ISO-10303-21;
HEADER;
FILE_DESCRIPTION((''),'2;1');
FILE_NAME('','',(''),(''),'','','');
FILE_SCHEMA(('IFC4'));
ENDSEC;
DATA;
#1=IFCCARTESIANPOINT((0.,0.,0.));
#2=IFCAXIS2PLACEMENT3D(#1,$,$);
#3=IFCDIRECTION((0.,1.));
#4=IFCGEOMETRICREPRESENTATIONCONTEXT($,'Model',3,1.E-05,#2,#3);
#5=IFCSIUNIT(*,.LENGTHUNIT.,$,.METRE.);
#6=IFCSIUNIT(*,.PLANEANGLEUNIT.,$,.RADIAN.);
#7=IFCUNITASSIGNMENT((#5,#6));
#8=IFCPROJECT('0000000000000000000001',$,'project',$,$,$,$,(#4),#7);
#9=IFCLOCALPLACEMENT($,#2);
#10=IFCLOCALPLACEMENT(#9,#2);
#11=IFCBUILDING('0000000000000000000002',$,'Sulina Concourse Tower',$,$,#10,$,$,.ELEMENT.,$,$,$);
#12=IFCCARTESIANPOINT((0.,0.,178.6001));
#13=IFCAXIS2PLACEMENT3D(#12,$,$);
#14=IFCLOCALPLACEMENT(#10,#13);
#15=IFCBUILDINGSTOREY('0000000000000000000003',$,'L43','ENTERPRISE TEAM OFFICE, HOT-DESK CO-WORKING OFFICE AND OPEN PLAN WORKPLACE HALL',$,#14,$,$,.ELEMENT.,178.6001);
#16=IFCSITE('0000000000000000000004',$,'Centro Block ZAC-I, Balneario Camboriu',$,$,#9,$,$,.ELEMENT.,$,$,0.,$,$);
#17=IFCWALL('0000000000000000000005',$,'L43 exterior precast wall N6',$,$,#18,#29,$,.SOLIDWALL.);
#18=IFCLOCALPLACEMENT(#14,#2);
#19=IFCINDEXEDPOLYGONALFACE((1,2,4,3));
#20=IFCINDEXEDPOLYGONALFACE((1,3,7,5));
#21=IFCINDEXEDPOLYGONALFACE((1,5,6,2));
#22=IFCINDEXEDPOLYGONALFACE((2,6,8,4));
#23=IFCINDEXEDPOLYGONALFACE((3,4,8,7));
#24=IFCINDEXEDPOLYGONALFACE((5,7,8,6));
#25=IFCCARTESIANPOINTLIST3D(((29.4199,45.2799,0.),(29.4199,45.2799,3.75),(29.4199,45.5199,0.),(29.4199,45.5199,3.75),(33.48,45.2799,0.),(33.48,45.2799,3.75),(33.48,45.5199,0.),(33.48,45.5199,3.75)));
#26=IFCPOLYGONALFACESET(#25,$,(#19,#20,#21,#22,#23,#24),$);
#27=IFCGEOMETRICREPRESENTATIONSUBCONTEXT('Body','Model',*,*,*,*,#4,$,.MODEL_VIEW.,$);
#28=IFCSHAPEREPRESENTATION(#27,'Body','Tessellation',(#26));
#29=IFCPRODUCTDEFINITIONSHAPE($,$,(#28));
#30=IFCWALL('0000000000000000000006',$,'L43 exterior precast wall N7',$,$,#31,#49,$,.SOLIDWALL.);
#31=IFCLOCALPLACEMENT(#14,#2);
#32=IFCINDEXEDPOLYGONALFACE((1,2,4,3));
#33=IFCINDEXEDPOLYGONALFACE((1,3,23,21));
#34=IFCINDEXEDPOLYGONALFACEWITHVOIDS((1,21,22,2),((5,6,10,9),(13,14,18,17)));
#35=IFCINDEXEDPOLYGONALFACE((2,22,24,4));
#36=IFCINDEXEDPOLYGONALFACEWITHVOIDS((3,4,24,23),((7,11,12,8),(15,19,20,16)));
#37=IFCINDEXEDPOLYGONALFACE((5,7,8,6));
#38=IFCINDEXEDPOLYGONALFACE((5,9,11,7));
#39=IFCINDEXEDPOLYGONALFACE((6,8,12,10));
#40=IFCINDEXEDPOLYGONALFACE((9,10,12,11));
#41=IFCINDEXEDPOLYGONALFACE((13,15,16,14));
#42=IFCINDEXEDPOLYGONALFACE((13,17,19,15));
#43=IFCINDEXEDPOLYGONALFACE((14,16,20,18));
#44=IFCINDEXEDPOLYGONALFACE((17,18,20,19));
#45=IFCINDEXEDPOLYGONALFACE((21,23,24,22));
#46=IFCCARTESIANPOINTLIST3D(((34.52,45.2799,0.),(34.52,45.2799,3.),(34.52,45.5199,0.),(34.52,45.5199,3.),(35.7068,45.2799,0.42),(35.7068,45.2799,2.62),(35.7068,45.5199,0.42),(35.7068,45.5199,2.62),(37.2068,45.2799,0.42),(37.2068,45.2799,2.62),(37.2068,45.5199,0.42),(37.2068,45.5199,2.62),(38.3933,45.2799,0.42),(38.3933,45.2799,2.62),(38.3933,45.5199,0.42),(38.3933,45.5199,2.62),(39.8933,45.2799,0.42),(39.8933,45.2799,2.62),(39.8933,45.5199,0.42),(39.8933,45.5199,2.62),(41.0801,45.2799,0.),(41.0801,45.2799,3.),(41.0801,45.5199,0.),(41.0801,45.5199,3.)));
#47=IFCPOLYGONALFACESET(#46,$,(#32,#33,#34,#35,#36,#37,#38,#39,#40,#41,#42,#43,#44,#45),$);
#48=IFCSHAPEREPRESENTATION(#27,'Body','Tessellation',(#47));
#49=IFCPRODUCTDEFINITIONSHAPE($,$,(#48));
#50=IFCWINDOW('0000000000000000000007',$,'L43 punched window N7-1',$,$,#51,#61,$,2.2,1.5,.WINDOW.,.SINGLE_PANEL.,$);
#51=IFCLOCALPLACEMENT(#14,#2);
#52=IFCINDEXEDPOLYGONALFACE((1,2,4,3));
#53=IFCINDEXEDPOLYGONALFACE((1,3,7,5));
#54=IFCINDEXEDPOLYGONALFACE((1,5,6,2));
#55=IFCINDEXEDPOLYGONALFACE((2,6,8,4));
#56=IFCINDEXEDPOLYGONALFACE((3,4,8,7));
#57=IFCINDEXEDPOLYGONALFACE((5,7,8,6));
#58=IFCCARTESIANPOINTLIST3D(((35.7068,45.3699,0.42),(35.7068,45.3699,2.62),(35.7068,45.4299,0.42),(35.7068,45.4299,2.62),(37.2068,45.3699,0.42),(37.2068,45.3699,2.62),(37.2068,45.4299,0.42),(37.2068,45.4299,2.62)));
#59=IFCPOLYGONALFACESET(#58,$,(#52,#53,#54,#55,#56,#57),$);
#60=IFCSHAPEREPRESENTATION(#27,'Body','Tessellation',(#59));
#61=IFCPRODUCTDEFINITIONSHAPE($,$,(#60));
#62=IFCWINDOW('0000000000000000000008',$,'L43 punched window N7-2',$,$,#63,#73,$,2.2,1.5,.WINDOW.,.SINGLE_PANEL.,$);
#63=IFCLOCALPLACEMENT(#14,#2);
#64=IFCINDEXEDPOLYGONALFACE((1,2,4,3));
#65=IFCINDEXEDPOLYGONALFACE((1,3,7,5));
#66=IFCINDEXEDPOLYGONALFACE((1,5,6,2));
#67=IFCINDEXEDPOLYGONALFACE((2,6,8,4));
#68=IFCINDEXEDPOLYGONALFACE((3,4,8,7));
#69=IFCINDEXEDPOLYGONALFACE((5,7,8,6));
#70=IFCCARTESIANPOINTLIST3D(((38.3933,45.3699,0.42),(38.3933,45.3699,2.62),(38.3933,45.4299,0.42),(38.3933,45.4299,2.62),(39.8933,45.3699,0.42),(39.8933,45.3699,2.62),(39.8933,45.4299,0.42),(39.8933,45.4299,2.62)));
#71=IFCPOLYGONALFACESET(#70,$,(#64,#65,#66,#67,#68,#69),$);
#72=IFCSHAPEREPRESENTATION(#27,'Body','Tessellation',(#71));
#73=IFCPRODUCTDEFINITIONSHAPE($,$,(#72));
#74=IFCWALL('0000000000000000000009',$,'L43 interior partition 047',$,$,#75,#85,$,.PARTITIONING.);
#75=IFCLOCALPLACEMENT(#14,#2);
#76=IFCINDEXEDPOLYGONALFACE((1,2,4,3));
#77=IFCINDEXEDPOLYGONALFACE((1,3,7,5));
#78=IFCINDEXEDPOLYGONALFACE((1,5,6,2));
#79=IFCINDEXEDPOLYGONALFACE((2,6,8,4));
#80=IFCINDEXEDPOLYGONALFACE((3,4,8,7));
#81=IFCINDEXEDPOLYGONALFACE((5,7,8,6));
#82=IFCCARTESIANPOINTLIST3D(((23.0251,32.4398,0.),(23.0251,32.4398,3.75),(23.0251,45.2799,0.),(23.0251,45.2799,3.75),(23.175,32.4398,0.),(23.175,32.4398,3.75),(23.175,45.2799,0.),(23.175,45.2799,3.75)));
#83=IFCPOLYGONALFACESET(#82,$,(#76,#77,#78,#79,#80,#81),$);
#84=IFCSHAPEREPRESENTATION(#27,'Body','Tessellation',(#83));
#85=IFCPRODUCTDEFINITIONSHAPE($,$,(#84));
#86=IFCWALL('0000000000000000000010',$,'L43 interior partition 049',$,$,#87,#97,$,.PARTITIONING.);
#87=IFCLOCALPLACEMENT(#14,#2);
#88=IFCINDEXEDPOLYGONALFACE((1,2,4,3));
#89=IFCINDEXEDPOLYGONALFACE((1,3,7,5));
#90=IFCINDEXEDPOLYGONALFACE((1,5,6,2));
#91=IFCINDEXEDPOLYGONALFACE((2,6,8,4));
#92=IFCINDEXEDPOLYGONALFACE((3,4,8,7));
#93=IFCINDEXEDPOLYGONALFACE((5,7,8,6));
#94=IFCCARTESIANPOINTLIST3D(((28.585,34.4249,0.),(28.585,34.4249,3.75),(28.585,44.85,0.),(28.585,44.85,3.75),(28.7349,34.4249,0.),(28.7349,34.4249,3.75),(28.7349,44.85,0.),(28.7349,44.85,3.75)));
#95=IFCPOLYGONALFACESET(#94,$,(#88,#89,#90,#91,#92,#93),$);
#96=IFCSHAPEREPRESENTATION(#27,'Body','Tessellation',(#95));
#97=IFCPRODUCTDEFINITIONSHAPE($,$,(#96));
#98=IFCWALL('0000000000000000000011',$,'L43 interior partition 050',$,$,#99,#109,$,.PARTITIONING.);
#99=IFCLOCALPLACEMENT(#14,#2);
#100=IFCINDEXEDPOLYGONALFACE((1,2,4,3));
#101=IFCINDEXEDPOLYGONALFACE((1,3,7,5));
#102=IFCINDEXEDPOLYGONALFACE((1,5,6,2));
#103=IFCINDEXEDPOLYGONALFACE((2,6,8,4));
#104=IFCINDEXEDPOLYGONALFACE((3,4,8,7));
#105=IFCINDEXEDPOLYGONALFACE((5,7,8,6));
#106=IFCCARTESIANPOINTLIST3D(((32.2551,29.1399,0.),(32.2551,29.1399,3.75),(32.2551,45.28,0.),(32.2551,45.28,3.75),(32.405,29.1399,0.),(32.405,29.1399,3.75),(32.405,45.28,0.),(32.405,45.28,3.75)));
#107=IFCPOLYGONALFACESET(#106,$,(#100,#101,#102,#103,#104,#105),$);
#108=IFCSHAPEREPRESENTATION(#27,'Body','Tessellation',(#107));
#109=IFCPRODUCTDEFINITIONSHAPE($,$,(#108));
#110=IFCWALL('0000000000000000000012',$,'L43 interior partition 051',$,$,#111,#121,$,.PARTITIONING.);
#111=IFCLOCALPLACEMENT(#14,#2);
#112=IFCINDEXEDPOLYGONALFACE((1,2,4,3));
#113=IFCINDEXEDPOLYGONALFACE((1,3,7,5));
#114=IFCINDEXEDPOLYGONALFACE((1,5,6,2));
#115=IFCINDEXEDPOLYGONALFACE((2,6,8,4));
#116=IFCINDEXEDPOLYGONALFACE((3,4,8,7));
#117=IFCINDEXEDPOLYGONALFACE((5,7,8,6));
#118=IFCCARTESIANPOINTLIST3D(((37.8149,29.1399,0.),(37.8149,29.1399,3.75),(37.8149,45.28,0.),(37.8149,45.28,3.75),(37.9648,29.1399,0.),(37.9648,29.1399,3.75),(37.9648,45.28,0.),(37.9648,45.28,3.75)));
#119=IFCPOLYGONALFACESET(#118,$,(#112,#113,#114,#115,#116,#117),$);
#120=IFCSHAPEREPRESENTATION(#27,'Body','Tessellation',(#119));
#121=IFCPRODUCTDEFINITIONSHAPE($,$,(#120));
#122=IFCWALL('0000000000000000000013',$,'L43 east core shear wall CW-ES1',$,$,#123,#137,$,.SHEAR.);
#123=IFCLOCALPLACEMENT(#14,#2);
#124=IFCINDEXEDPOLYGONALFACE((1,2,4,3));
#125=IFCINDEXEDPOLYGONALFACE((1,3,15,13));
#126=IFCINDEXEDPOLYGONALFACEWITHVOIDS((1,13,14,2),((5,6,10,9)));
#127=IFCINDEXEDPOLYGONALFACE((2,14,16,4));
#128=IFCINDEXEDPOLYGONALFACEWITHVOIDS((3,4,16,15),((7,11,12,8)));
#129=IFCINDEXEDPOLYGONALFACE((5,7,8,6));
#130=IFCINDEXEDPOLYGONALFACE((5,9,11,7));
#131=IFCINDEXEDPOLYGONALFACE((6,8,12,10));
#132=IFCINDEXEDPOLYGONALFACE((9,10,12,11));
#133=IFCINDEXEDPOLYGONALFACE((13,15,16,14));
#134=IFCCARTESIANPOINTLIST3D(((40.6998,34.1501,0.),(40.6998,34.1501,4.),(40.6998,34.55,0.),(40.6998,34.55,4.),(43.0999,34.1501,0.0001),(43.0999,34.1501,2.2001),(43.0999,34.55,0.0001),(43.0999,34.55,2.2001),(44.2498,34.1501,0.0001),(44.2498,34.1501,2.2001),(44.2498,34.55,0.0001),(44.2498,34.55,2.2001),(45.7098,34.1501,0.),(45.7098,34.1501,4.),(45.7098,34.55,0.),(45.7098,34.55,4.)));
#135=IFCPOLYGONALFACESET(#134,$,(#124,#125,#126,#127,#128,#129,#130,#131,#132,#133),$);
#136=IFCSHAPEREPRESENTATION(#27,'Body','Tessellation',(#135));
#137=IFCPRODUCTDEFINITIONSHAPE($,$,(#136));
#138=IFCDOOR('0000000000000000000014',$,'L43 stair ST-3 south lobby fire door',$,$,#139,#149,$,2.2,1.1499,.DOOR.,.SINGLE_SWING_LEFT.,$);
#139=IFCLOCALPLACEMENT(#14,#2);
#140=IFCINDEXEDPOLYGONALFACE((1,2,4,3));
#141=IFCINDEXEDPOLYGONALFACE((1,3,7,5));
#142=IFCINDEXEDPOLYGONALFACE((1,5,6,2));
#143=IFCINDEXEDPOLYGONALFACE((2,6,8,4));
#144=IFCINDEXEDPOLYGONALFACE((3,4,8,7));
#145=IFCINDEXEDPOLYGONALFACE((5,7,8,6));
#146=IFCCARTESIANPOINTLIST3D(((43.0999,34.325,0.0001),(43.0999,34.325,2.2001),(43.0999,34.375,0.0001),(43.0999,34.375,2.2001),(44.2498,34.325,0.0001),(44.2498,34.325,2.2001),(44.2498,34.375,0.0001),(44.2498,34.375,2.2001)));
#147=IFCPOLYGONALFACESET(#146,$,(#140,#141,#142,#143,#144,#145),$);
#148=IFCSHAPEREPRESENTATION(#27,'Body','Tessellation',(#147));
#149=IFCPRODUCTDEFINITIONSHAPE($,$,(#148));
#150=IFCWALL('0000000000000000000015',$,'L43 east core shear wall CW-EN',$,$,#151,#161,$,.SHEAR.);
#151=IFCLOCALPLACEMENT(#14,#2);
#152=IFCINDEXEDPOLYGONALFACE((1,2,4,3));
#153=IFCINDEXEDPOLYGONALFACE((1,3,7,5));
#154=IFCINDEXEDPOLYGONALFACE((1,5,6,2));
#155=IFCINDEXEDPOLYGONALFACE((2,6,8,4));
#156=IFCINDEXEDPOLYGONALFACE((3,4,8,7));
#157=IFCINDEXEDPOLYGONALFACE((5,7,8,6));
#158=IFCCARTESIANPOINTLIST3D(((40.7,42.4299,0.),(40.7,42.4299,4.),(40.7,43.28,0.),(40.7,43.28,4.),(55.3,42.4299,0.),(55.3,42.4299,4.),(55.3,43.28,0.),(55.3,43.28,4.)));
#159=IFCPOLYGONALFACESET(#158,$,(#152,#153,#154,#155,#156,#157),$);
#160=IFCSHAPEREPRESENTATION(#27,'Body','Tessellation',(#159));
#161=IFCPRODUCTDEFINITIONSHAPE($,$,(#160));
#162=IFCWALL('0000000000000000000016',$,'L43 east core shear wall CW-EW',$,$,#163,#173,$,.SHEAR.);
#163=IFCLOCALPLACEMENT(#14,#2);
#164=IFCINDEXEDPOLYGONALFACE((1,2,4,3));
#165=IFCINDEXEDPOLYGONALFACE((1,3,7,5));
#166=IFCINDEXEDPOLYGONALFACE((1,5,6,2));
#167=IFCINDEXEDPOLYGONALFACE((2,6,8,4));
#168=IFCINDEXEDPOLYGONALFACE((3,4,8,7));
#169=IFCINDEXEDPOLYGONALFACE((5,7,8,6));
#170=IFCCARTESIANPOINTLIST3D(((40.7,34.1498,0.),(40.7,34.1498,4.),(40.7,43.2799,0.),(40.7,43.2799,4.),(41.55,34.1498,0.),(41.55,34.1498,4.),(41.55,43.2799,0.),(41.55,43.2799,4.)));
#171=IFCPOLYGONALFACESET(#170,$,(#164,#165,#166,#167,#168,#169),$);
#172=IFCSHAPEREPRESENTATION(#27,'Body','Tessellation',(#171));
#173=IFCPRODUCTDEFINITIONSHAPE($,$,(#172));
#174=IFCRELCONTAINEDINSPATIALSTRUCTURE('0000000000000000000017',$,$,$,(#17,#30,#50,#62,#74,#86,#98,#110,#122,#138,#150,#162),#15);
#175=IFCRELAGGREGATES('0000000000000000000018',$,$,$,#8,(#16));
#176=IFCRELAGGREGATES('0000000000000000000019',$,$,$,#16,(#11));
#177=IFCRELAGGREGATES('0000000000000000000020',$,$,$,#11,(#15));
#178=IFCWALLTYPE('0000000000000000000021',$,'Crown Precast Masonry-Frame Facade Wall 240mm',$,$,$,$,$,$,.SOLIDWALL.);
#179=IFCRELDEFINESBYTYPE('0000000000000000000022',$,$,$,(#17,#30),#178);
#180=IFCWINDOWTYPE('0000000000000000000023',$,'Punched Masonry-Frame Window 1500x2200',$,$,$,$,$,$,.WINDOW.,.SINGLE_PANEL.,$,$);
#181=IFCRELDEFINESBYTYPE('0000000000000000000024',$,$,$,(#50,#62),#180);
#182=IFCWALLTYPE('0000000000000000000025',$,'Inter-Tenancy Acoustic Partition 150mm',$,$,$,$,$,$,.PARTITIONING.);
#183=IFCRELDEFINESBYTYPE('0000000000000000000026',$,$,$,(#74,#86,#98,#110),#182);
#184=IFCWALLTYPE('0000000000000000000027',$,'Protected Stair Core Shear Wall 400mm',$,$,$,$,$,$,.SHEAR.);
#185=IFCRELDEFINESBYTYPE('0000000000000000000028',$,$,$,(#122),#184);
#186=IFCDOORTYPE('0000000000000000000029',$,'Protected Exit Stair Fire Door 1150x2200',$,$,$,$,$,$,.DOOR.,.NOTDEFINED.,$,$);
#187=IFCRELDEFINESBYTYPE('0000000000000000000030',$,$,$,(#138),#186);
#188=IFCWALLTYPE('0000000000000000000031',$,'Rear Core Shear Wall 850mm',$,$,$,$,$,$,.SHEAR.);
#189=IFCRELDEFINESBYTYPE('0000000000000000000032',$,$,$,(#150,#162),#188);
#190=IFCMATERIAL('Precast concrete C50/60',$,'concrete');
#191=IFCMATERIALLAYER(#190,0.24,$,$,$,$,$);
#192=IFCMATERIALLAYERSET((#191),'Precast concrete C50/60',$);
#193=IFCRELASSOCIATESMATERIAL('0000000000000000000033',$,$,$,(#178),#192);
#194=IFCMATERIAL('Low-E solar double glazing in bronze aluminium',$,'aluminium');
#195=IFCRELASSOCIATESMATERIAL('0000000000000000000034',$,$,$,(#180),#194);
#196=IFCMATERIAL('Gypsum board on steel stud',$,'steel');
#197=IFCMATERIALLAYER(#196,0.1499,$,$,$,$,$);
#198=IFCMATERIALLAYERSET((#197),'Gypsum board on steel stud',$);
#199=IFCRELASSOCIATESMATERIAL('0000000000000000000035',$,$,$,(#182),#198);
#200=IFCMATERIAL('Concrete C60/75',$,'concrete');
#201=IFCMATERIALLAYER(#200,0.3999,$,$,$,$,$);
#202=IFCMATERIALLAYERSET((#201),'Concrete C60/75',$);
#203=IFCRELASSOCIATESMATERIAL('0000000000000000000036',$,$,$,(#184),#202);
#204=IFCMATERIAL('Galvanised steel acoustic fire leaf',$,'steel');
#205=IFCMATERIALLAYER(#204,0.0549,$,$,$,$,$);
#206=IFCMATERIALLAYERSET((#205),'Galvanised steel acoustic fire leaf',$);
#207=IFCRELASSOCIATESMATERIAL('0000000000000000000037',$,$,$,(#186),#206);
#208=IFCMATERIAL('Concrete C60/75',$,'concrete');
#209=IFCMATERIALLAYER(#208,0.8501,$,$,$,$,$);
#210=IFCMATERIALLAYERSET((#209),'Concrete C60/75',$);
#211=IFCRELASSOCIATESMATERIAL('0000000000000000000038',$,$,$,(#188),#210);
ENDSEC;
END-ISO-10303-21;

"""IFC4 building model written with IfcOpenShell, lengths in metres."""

from ifc_helpers import new_model, si_unit, direction, frame, frame_2d, origin, place, context, subcontext, project, spatial, rectangle, extrude, material, layer, layer_set, type_object, element, fill, save


model = new_model("IFC4")

# Units and contexts
model_context = context("Model", 3, precision=1e-05, world=origin(), true_north=direction((0.0, 1.0)))
body_context = subcontext(model_context, "Body", "Model", "MODEL_VIEW")
ifc_project = project(units=[si_unit("LENGTHUNIT", "METRE"), si_unit("PLANEANGLEUNIT", "RADIAN")], contexts=[model_context])

# Site, building, storey
site_placement = place(None, origin())
site = spatial("IfcSite", under=ifc_project, at=site_placement, Name="Centro Block ZAC-I, Balneario Camboriu", CompositionType="ELEMENT", RefElevation=0.0)
building_placement = place(site_placement, origin())
building = spatial("IfcBuilding", under=site, at=building_placement, Name="Sulina Concourse Tower", CompositionType="ELEMENT")
storey_placement = place(building_placement, frame((0.0, 0.0, 178.6001)))
storey = spatial("IfcBuildingStorey", under=building, at=storey_placement, Name="L43", Description="ENTERPRISE TEAM OFFICE, HOT-DESK CO-WORKING OFFICE AND OPEN PLAN WORKPLACE HALL", CompositionType="ELEMENT", Elevation=178.6001)

# Shared definitions
ifc_material_1 = material(Name="Precast concrete C50/60", Category="concrete")
ifc_layer_1 = layer(ifc_material_1, 0.24)
ifc_layer_set_1 = layer_set([ifc_layer_1], Name="Precast concrete C50/60")
wall_type_1 = type_object("IfcWallType", Name="Crown Precast Masonry-Frame Facade Wall 240mm", PredefinedType="SOLIDWALL", material=ifc_layer_set_1)
ifc_material_2 = material(Name="Low-E solar double glazing in bronze aluminium", Category="aluminium")
window_type = type_object("IfcWindowType", Name="Punched Masonry-Frame Window 1500x2200", PartitioningType="SINGLE_PANEL", PredefinedType="WINDOW", material=ifc_material_2)

# Wall
wall_1_placement = place(storey_placement, frame((29.4199, 45.3999, 0.0), z_axis=(0.0, 0.0, 1.0), x_axis=(1.0, 0.0, 0.0)))
element("IfcWall", 1, at=wall_1_placement, inside=storey, type_object=wall_type_1, Name="L43 exterior precast wall N6", PredefinedType="SOLIDWALL", context=body_context, shape_type="SweptSolid", body=[
    extrude(rectangle(XDim=4.0601, YDim=0.24, at=frame_2d((2.03, 0.0))), origin(), (0.0, 0.0, 1.0), 3.75),
])

# Wall, openings, windows
wall_2_placement = place(storey_placement, frame((34.52, 45.3999, 0.0), z_axis=(0.0, 0.0, 1.0), x_axis=(1.0, 0.0, 0.0)))
wall_2 = element("IfcWall", 2, at=wall_2_placement, inside=storey, type_object=wall_type_1, Name="L43 exterior precast wall N7", PredefinedType="SOLIDWALL", context=body_context, shape_type="SweptSolid", body=[
    extrude(rectangle(XDim=6.5601, YDim=0.24, at=frame_2d((3.28, 0.0))), origin(), (0.0, 0.0, 1.0), 3.0),
])
opening_1_placement = place(wall_2_placement, frame((1.1868, 0.0, 0.4199)))
opening_1 = element("IfcOpeningElement", 3, at=opening_1_placement, cuts=wall_2, PredefinedType="OPENING", context=body_context, shape_type="SweptSolid", body=[
    extrude(rectangle(XDim=1.5, YDim=2.2, at=frame_2d((0.75, 1.1001))), frame((0.0, 0.1299, 0.0), z_axis=(0.0, -1.0, 0.0), x_axis=(1.0, 0.0, 0.0)), (0.0, 0.0, 1.0), 0.26),
])
opening_2_placement = place(wall_2_placement, frame((3.8733, 0.0, 0.4199)))
opening_2 = element("IfcOpeningElement", 4, at=opening_2_placement, cuts=wall_2, PredefinedType="OPENING", context=body_context, shape_type="SweptSolid", body=[
    extrude(rectangle(XDim=1.5, YDim=2.2, at=frame_2d((0.75, 1.1001))), frame((0.0, 0.1299, 0.0), z_axis=(0.0, -1.0, 0.0), x_axis=(1.0, 0.0, 0.0)), (0.0, 0.0, 1.0), 0.26),
])
window_1_placement = place(opening_1_placement, origin())
window_1 = element("IfcWindow", 5, at=window_1_placement, inside=storey, type_object=window_type, Name="L43 punched window N7-1", OverallHeight=2.2, OverallWidth=1.5, PartitioningType="SINGLE_PANEL", PredefinedType="WINDOW", context=body_context, shape_type="SweptSolid", body=[
    extrude(rectangle(XDim=1.5, YDim=2.2, at=frame_2d((0.75, 1.1001))), frame((0.0, 0.03, 0.0), z_axis=(0.0, -1.0, 0.0), x_axis=(1.0, 0.0, 0.0)), (0.0, 0.0, 1.0), 0.0601),
])
fill(opening_1, window_1)
window_2_placement = place(opening_2_placement, origin())
window_2 = element("IfcWindow", 6, at=window_2_placement, inside=storey, type_object=window_type, Name="L43 punched window N7-2", OverallHeight=2.2, OverallWidth=1.5, PartitioningType="SINGLE_PANEL", PredefinedType="WINDOW", context=body_context, shape_type="SweptSolid", body=[
    extrude(rectangle(XDim=1.5, YDim=2.2, at=frame_2d((0.75, 1.1001))), frame((0.0, 0.03, 0.0), z_axis=(0.0, -1.0, 0.0), x_axis=(1.0, 0.0, 0.0)), (0.0, 0.0, 1.0), 0.0601),
])
fill(opening_2, window_2)

# Walls
ifc_material_3 = material(Name="Gypsum board on steel stud", Category="steel")
ifc_layer_2 = layer(ifc_material_3, 0.1499)
ifc_layer_set_2 = layer_set([ifc_layer_2], Name="Gypsum board on steel stud")
wall_type_2 = type_object("IfcWallType", Name="Inter-Tenancy Acoustic Partition 150mm", PredefinedType="PARTITIONING", material=ifc_layer_set_2)
wall_3_placement = place(storey_placement, frame((23.1001, 32.4399, 0.0), z_axis=(0.0, 0.0, 1.0), x_axis=(0.0, 1.0, 0.0)))
element("IfcWall", 7, at=wall_3_placement, inside=storey, type_object=wall_type_2, Name="L43 interior partition 047", PredefinedType="PARTITIONING", context=body_context, shape_type="SweptSolid", body=[
    extrude(rectangle(XDim=12.8401, YDim=0.1499, at=frame_2d((6.4199, 0.0))), origin(), (0.0, 0.0, 1.0), 3.75),
])
wall_4_placement = place(storey_placement, frame((28.6599, 34.425, 0.0), z_axis=(0.0, 0.0, 1.0), x_axis=(0.0, 1.0, 0.0)))
element("IfcWall", 8, at=wall_4_placement, inside=storey, type_object=wall_type_2, Name="L43 interior partition 049", PredefinedType="PARTITIONING", context=body_context, shape_type="SweptSolid", body=[
    extrude(rectangle(XDim=10.425, YDim=0.1499, at=frame_2d((5.2124, 0.0))), origin(), (0.0, 0.0, 1.0), 3.75),
])
for number, where, z_axis, x_axis, name in (
    (9, (32.3301, 29.1399, 0.0), (0.0, 0.0, 1.0), (0.0, 1.0, 0.0), "L43 interior partition 050"),
    (10, (37.8899, 29.1399, 0.0), (0.0, 0.0, 1.0), (0.0, 1.0, 0.0), "L43 interior partition 051"),
):
    element("IfcWall", number, at=place(storey_placement, frame(where, z_axis=z_axis, x_axis=x_axis)), inside=storey, type_object=wall_type_2, Name=name, PredefinedType="PARTITIONING", context=body_context, shape_type="SweptSolid", body=[
        extrude(rectangle(XDim=16.1401, YDim=0.1499, at=frame_2d((8.0701, 0.0))), origin(), (0.0, 0.0, 1.0), 3.75),
    ])

# Wall, opening, door
ifc_material_4 = material(Name="Concrete C60/75", Category="concrete")
ifc_layer_3 = layer(ifc_material_4, 0.3999)
ifc_layer_set_3 = layer_set([ifc_layer_3], Name="Concrete C60/75")
wall_type_3 = type_object("IfcWallType", Name="Protected Stair Core Shear Wall 400mm", PredefinedType="SHEAR", material=ifc_layer_set_3)
wall_5_placement = place(storey_placement, frame((40.7, 34.3501, 0.0), z_axis=(0.0, 0.0, 1.0), x_axis=(1.0, 0.0, 0.0)))
wall_5 = element("IfcWall", 11, at=wall_5_placement, inside=storey, type_object=wall_type_3, Name="L43 east core shear wall CW-ES1", PredefinedType="SHEAR", context=body_context, shape_type="SweptSolid", body=[
    extrude(rectangle(XDim=5.01, YDim=0.3999, at=frame_2d((2.5049, 0.0))), origin(), (0.0, 0.0, 1.0), 4.0),
])
opening_3_placement = place(wall_5_placement, frame((2.3999, 0.0, 0.0)))
opening_3 = element("IfcOpeningElement", 12, at=opening_3_placement, cuts=wall_5, PredefinedType="OPENING", context=body_context, shape_type="SweptSolid", body=[
    extrude(rectangle(XDim=1.1499, YDim=2.2, at=frame_2d((0.575, 1.1001))), frame((0.0, 0.21, 0.0), z_axis=(0.0, -1.0, 0.0), x_axis=(1.0, 0.0, 0.0)), (0.0, 0.0, 1.0), 0.4199),
])
ifc_material_5 = material(Name="Galvanised steel acoustic fire leaf", Category="steel")
ifc_layer_4 = layer(ifc_material_5, 0.0549)
ifc_layer_set_4 = layer_set([ifc_layer_4], Name="Galvanised steel acoustic fire leaf")
door_type = type_object("IfcDoorType", Name="Protected Exit Stair Fire Door 1150x2200", OperationType="NOTDEFINED", PredefinedType="DOOR", material=ifc_layer_set_4)
door_placement = place(opening_3_placement, origin())
door = element("IfcDoor", 13, at=door_placement, inside=storey, type_object=door_type, Name="L43 stair ST-3 south lobby fire door", OperationType="SINGLE_SWING_LEFT", OverallHeight=2.2, OverallWidth=1.1499, PredefinedType="DOOR", context=body_context, shape_type="SweptSolid", body=[
    extrude(rectangle(XDim=1.1499, YDim=2.2, at=frame_2d((0.575, 1.1001))), frame((0.0, 0.0249, 0.0), z_axis=(0.0, -1.0, 0.0), x_axis=(1.0, 0.0, 0.0)), (0.0, 0.0, 1.0), 0.05),
])
fill(opening_3, door)

# Walls
ifc_material_6 = material(Name="Concrete C60/75", Category="concrete")
ifc_layer_5 = layer(ifc_material_6, 0.8501)
ifc_layer_set_5 = layer_set([ifc_layer_5], Name="Concrete C60/75")
wall_type_4 = type_object("IfcWallType", Name="Rear Core Shear Wall 850mm", PredefinedType="SHEAR", material=ifc_layer_set_5)
wall_6_placement = place(storey_placement, frame((40.7, 42.855, 0.0), z_axis=(0.0, 0.0, 1.0), x_axis=(1.0, 0.0, 0.0)))
element("IfcWall", 14, at=wall_6_placement, inside=storey, type_object=wall_type_4, Name="L43 east core shear wall CW-EN", PredefinedType="SHEAR", context=body_context, shape_type="SweptSolid", body=[
    extrude(rectangle(XDim=14.6001, YDim=0.8501, at=frame_2d((7.3, 0.0))), origin(), (0.0, 0.0, 1.0), 4.0),
])
wall_7_placement = place(storey_placement, frame((41.125, 34.1499, 0.0), z_axis=(0.0, 0.0, 1.0), x_axis=(0.0, 1.0, 0.0)))
element("IfcWall", 15, at=wall_7_placement, inside=storey, type_object=wall_type_4, Name="L43 east core shear wall CW-EW", PredefinedType="SHEAR", context=body_context, shape_type="SweptSolid", body=[
    extrude(rectangle(XDim=9.1301, YDim=0.8501, at=frame_2d((4.5649, 0.0))), origin(), (0.0, 0.0, 1.0), 4.0),
])

save(model, "model.ifc")
